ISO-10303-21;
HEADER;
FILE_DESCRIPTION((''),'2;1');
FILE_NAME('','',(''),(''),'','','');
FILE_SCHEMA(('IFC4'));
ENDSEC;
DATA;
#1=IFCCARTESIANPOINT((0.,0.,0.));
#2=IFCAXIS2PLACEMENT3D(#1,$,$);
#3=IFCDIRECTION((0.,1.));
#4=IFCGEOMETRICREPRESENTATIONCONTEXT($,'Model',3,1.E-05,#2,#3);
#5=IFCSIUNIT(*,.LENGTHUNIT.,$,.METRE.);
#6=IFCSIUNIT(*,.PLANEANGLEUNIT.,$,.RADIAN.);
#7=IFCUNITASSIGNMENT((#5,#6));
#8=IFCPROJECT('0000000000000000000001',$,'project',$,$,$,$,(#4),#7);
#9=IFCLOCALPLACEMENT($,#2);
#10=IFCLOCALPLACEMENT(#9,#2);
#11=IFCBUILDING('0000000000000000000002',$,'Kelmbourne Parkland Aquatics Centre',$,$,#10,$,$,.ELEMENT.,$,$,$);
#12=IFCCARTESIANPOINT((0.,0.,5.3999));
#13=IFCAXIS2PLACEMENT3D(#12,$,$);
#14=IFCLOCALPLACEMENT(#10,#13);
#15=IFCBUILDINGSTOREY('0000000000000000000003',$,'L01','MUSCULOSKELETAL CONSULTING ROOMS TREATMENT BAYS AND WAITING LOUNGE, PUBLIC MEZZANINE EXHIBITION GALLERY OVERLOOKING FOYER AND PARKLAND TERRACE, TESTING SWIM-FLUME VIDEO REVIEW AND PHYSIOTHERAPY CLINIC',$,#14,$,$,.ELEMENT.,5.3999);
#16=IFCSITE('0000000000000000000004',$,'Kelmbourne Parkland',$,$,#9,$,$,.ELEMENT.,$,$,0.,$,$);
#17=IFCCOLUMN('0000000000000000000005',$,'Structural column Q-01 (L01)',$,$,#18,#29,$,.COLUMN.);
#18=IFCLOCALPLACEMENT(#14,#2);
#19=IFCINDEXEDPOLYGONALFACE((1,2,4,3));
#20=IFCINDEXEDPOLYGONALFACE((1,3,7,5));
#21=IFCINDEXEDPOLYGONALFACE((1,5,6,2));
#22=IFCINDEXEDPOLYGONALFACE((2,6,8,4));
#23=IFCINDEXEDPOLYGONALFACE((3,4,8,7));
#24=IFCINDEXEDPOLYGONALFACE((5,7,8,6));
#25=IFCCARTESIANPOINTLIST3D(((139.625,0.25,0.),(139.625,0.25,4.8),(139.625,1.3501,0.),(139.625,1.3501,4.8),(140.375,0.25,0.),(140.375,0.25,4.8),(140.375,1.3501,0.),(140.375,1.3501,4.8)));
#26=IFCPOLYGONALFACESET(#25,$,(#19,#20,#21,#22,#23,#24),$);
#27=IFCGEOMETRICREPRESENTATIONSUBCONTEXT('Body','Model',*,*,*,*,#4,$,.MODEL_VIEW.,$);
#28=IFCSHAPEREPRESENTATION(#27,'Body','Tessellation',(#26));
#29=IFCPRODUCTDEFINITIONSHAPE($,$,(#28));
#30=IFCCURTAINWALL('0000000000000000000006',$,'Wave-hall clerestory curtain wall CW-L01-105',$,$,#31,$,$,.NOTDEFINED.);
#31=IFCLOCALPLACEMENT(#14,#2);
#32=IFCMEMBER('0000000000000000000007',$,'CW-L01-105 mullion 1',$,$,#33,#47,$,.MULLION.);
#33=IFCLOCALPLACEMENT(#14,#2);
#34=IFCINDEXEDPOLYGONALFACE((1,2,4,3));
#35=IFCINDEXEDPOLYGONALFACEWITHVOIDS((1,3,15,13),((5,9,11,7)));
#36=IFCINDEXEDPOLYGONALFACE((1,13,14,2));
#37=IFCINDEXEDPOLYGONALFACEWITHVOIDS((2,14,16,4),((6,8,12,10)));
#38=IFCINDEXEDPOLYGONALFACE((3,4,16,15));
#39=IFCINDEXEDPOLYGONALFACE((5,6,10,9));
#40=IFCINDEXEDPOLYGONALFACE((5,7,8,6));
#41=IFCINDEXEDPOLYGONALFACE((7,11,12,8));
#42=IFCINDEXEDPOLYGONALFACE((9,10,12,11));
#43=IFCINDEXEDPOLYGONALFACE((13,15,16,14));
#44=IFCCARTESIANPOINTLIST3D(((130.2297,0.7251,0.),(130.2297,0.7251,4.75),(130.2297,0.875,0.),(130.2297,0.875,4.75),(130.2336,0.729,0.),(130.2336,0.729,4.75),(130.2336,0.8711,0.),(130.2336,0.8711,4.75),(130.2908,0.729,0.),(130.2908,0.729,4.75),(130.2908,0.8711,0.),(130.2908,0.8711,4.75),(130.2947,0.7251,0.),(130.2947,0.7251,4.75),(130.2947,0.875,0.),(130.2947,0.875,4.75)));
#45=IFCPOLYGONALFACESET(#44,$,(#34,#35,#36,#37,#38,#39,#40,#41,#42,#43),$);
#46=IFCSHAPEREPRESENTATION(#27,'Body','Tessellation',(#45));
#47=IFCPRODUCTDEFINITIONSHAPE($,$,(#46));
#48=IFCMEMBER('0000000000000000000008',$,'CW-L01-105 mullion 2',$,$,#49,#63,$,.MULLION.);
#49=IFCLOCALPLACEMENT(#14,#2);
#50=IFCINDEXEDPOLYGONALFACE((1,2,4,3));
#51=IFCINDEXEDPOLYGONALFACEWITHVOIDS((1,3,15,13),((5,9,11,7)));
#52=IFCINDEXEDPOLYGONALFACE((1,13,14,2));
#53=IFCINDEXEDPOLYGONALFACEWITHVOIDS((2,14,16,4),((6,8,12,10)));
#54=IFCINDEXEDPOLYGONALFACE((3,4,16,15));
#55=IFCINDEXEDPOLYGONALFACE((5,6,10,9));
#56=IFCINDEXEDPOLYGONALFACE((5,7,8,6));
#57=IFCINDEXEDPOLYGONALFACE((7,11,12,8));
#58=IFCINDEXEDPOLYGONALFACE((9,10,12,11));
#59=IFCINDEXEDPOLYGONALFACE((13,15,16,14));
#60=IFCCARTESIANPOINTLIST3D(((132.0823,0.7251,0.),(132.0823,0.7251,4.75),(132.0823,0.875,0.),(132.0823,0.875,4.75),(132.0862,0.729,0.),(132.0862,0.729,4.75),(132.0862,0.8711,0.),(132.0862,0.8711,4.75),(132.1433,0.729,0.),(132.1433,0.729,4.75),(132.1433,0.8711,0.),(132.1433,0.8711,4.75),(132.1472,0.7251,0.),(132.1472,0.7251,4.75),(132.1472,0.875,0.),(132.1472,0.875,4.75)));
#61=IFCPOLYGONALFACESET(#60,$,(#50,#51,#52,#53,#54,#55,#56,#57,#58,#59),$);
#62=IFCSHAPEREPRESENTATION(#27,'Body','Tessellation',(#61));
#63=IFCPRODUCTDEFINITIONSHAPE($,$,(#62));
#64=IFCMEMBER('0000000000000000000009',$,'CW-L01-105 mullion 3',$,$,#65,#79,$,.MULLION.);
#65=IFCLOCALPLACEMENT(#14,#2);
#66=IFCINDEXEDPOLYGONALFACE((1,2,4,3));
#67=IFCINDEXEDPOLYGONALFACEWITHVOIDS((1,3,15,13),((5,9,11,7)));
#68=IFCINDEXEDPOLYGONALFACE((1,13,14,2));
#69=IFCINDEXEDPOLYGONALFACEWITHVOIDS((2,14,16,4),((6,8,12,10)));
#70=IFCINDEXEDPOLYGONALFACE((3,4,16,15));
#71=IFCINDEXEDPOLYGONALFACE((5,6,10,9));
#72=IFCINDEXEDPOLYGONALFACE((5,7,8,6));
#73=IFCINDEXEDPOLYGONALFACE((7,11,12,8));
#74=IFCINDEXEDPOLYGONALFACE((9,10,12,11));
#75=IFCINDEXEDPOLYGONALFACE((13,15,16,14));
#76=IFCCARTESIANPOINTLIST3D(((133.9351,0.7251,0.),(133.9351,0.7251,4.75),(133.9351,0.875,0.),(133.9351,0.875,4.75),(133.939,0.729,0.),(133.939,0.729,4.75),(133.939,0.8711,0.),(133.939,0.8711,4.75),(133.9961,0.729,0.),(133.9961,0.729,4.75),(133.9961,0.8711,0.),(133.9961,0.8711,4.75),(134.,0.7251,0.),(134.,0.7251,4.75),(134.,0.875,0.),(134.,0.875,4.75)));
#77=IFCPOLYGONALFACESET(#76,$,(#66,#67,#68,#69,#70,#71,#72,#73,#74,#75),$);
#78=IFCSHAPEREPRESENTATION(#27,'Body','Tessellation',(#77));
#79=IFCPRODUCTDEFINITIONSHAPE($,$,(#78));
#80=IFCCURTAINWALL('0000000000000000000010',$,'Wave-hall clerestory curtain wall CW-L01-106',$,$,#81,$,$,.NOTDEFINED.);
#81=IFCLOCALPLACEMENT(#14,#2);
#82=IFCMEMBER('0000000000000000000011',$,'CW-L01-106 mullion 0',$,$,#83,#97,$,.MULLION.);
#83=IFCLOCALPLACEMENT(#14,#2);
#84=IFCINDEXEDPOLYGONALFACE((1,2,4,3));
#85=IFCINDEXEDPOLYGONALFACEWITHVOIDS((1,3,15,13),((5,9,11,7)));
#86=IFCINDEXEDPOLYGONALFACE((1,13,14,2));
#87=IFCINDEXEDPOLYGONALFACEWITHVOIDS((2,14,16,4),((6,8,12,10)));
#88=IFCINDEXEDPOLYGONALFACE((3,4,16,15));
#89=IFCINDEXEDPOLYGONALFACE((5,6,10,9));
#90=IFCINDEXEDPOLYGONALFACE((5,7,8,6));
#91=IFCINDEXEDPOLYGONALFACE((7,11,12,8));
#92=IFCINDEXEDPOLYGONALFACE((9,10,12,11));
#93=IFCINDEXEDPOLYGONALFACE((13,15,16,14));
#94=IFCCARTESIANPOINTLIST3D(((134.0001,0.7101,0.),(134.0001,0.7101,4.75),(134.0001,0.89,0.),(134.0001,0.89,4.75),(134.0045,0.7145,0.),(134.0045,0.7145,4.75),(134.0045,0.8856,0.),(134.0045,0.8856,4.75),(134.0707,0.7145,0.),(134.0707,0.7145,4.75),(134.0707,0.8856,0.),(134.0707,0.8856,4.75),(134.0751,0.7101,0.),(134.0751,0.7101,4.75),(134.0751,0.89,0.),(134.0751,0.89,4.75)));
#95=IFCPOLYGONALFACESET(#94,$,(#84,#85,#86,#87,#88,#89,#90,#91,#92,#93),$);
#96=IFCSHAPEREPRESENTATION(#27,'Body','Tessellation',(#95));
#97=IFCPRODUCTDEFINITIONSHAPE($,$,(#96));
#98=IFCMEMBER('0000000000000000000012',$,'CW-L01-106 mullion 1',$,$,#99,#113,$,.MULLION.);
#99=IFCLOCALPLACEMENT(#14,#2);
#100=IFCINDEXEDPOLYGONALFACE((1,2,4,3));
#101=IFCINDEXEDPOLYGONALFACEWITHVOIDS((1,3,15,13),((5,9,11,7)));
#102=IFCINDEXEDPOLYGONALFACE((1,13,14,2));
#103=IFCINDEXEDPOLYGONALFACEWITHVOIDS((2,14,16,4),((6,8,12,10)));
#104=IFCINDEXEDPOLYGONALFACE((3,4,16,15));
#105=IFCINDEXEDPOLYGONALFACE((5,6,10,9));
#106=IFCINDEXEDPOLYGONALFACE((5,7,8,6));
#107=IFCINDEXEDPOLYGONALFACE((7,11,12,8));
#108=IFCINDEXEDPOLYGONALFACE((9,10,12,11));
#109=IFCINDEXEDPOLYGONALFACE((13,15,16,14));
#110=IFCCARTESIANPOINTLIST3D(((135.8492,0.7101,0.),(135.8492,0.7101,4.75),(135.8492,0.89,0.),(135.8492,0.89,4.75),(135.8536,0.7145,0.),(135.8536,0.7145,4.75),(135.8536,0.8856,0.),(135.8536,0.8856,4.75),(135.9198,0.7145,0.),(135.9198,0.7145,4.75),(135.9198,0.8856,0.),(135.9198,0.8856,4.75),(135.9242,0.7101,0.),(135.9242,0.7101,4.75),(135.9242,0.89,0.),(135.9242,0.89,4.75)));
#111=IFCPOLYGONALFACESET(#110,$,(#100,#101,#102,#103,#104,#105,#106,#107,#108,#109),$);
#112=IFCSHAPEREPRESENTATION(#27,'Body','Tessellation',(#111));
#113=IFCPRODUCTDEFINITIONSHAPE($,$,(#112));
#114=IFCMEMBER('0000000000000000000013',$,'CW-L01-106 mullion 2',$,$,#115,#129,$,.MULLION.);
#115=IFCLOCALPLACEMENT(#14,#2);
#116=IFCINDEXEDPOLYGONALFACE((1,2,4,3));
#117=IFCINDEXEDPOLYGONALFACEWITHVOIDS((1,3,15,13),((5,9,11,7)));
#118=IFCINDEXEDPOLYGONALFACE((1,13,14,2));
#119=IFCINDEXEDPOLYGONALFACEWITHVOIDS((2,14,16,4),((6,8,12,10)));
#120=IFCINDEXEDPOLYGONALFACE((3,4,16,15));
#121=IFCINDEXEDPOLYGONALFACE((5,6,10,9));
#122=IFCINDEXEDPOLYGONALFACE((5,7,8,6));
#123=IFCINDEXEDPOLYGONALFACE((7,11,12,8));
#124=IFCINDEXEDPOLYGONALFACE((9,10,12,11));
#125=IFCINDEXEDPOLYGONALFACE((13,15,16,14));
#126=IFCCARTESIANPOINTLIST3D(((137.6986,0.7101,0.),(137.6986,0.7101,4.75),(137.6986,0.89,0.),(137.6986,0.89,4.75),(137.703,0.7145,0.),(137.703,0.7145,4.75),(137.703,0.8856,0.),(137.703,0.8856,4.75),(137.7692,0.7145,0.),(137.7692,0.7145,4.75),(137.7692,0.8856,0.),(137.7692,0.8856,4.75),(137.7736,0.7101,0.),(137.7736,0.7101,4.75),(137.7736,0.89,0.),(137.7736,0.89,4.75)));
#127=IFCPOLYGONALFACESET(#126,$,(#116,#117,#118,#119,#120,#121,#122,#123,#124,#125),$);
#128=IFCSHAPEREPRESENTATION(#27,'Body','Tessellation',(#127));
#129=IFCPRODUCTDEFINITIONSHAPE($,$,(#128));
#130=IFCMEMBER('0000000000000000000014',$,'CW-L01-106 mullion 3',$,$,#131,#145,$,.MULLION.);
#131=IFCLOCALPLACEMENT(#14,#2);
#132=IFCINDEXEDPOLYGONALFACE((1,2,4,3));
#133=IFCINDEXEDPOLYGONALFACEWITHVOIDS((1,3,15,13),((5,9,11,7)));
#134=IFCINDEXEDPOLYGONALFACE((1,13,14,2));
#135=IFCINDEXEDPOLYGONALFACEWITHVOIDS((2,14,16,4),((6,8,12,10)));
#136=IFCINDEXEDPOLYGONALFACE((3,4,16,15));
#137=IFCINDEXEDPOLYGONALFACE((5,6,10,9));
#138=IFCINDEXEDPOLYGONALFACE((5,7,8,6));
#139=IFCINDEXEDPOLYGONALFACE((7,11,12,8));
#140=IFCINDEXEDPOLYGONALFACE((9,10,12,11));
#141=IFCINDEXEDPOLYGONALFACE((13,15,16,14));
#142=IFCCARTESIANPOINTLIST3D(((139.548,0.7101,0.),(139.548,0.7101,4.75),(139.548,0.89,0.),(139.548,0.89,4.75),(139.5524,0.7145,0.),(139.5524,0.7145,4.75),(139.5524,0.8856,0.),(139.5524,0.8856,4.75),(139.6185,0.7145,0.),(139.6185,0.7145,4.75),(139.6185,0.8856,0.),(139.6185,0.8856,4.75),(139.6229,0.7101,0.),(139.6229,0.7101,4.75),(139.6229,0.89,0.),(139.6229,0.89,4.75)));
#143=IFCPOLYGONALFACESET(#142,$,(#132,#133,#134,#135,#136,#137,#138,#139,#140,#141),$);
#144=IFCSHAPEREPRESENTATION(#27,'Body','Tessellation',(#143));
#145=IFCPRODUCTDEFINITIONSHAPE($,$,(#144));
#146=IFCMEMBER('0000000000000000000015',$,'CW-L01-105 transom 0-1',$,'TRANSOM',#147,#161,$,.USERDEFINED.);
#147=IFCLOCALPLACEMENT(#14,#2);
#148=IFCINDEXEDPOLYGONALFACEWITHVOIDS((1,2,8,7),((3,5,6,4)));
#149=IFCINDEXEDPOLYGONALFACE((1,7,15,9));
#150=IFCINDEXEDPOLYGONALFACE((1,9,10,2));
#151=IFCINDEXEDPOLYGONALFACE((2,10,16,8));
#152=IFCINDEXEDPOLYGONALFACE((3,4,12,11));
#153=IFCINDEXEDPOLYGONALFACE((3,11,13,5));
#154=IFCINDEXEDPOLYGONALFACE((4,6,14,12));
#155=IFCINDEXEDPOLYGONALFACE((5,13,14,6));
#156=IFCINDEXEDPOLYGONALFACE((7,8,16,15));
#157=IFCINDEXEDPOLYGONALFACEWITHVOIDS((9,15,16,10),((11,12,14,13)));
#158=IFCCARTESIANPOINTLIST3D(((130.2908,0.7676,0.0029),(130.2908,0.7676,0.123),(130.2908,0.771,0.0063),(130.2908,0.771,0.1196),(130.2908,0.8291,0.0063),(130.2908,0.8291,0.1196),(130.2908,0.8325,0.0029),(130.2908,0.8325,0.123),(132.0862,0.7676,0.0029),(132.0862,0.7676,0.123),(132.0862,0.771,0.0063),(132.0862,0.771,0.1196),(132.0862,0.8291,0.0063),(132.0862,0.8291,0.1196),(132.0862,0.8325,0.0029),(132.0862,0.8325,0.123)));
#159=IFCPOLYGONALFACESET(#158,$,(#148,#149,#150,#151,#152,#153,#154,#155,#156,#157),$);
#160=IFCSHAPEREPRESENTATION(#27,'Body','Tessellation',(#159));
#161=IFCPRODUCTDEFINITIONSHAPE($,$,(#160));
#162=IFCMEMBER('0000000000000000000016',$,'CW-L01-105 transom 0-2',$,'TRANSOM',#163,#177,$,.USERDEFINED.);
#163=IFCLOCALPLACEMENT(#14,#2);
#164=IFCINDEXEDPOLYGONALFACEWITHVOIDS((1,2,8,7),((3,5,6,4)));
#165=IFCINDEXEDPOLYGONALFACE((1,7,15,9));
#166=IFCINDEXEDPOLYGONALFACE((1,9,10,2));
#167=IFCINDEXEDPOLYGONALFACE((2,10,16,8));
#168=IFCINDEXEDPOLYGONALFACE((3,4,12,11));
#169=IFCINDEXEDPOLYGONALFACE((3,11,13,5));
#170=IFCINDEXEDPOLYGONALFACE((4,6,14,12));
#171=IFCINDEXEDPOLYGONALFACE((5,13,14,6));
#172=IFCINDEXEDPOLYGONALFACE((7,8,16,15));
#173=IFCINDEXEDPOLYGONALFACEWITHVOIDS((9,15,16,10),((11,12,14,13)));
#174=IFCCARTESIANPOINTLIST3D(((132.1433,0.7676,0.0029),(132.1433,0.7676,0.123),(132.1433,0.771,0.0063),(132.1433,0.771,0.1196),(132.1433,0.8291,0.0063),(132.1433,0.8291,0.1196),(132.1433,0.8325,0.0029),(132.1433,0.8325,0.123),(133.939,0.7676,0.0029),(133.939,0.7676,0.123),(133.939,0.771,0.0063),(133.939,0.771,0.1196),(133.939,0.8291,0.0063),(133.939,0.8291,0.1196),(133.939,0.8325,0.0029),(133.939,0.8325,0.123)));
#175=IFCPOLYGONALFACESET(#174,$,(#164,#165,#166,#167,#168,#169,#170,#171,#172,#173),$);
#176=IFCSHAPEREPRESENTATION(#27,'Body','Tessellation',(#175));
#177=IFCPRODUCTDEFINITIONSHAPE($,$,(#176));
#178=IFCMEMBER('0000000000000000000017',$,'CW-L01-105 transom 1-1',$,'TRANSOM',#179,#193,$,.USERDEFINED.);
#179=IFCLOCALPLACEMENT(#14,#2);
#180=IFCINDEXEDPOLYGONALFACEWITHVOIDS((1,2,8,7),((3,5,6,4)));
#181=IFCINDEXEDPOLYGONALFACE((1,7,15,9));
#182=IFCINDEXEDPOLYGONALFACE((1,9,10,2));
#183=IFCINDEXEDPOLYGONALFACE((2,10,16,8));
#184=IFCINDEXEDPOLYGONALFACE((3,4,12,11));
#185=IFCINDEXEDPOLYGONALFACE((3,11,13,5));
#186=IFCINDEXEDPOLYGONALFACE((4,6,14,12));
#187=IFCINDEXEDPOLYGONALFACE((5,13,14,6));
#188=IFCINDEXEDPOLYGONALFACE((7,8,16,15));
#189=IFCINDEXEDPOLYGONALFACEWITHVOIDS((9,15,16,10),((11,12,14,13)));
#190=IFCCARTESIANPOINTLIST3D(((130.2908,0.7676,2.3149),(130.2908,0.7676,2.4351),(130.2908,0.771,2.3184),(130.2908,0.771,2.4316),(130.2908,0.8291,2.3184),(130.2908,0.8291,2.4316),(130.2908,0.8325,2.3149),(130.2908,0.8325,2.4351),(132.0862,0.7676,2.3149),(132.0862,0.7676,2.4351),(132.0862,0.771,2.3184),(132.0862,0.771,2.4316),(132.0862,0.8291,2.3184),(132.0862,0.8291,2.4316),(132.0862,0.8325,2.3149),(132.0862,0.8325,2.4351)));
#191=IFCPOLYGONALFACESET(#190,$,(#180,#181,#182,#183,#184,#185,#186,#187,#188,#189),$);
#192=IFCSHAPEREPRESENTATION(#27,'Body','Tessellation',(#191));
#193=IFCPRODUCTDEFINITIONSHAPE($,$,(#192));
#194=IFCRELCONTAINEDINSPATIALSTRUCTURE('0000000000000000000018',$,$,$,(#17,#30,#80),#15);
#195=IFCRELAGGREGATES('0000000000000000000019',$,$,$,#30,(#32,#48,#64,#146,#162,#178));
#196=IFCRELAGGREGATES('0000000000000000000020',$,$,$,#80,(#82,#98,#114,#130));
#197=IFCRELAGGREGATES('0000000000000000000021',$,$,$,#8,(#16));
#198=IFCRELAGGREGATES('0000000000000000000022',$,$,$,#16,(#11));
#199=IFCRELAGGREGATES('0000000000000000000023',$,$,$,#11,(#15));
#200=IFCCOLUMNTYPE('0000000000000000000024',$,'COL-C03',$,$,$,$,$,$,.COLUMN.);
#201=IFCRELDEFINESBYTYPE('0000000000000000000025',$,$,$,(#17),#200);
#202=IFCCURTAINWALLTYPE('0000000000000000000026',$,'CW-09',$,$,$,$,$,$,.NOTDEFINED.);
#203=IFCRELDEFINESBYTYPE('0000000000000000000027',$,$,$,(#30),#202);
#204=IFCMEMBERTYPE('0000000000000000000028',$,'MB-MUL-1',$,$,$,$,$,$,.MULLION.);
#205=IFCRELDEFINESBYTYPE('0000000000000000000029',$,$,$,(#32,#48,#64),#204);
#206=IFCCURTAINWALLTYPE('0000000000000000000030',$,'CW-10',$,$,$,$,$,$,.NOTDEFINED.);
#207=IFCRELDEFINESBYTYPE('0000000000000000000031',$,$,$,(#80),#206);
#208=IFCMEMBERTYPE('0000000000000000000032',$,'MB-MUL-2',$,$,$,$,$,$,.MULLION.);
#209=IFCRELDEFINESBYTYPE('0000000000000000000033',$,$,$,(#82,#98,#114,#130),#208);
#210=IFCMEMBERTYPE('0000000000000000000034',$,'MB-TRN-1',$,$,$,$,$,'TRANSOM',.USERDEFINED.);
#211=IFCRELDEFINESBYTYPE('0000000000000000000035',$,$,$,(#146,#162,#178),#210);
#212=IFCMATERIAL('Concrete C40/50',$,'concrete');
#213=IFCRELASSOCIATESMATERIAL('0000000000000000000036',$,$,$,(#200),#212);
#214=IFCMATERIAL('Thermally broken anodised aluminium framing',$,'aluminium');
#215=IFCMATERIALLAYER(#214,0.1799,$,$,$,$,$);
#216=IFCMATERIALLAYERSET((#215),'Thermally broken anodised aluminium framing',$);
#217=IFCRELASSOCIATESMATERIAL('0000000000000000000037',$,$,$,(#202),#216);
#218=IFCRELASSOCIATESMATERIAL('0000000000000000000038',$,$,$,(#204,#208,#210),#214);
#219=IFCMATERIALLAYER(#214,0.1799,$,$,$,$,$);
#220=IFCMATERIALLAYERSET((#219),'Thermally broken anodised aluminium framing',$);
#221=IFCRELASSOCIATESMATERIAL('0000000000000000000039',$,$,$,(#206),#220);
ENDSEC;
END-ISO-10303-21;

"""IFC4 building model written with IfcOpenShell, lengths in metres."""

from ifc_helpers import new_model, si_unit, direction, frame, origin, origin_2d, place, context, subcontext, project, spatial, rectangle, hollow_rectangle, extrude, material, layer, layer_set, material_profile, profile_set, type_object, element, aggregate, save


model = new_model("IFC4")

# Units and contexts
model_context = context("Model", 3, precision=1e-05, world=origin(), true_north=direction((0.0, 1.0)))
body_context = subcontext(model_context, "Body", "Model", "MODEL_VIEW")
ifc_project = project(units=[si_unit("LENGTHUNIT", "METRE"), si_unit("PLANEANGLEUNIT", "RADIAN")], contexts=[model_context])

# Site, building, storey
site_placement = place(None, origin())
site = spatial("IfcSite", under=ifc_project, at=site_placement, Name="Kelmbourne Parkland", CompositionType="ELEMENT", RefElevation=0.0)
building_placement = place(site_placement, origin())
building = spatial("IfcBuilding", under=site, at=building_placement, Name="Kelmbourne Parkland Aquatics Centre", CompositionType="ELEMENT")
storey_placement = place(building_placement, frame((0.0, 0.0, 5.3999)))
storey = spatial("IfcBuildingStorey", under=building, at=storey_placement, Name="L01", Description="MUSCULOSKELETAL CONSULTING ROOMS TREATMENT BAYS AND WAITING LOUNGE, PUBLIC MEZZANINE EXHIBITION GALLERY OVERLOOKING FOYER AND PARKLAND TERRACE, TESTING SWIM-FLUME VIDEO REVIEW AND PHYSIOTHERAPY CLINIC", CompositionType="ELEMENT", Elevation=5.3999)

# Column
ifc_material_1 = material(Name="Concrete C40/50", Category="concrete")
ifc_material_profile_1 = material_profile(ifc_material_1, rectangle(XDim=0.75, YDim=1.1001, at=origin_2d()), Name="RC 750x1100")
ifc_profile_set_1 = profile_set([ifc_material_profile_1], Name="Concrete C40/50")
column_type = type_object("IfcColumnType", Name="COL-C03", PredefinedType="COLUMN", material=ifc_profile_set_1)
column_placement = place(storey_placement, frame((140.0, 0.8, 0.0), z_axis=(0.0, 0.0, 1.0), x_axis=(1.0, 0.0, 0.0)))
element("IfcColumn", 1, at=column_placement, inside=storey, type_object=column_type, Name="Structural column Q-01 (L01)", PredefinedType="COLUMN", context=body_context, shape_type="SweptSolid", body=[
    extrude(rectangle(XDim=0.75, YDim=1.1001, at=origin_2d()), origin(), (0.0, 0.0, 1.0), 4.8),
])

# Curtain walls, members
ifc_material_2 = material(Name="Thermally broken anodised aluminium framing", Category="aluminium")
ifc_layer_1 = layer(ifc_material_2, 0.1799)
ifc_layer_set_1 = layer_set([ifc_layer_1], Name="Thermally broken anodised aluminium framing")
curtain_wall_type_1 = type_object("IfcCurtainWallType", Name="CW-09", PredefinedType="NOTDEFINED", material=ifc_layer_set_1)
curtain_wall_1_placement = place(storey_placement, origin())
curtain_wall_1 = element("IfcCurtainWall", 2, at=curtain_wall_1_placement, inside=storey, type_object=curtain_wall_type_1, Name="Wave-hall clerestory curtain wall CW-L01-105", PredefinedType="NOTDEFINED")
ifc_material_profile_2 = material_profile(ifc_material_2, hollow_rectangle(XDim=0.0649, YDim=0.1499, WallThickness=0.0039, at=origin_2d()), Name="CW-M 65x150")
ifc_profile_set_2 = profile_set([ifc_material_profile_2], Name="Thermally broken anodised aluminium framing")
member_type_1 = type_object("IfcMemberType", Name="MB-MUL-1", PredefinedType="MULLION", material=ifc_profile_set_2)
member_1_placement = place(storey_placement, frame((130.2622, 0.8, 0.0), z_axis=(0.0, 0.0, 1.0), x_axis=(1.0, 0.0, 0.0)))
member_1 = element("IfcMember", 3, at=member_1_placement, type_object=member_type_1, Name="CW-L01-105 mullion 1", PredefinedType="MULLION", context=body_context, shape_type="SweptSolid", body=[
    extrude(hollow_rectangle(XDim=0.0649, YDim=0.1499, WallThickness=0.0039, at=origin_2d()), origin(), (0.0, 0.0, 1.0), 4.75),
])
member_2_placement = place(storey_placement, frame((132.1147, 0.8, 0.0), z_axis=(0.0, 0.0, 1.0), x_axis=(1.0, 0.0, 0.0)))
member_2 = element("IfcMember", 4, at=member_2_placement, type_object=member_type_1, Name="CW-L01-105 mullion 2", PredefinedType="MULLION", context=body_context, shape_type="SweptSolid", body=[
    extrude(hollow_rectangle(XDim=0.0649, YDim=0.1499, WallThickness=0.0039, at=origin_2d()), origin(), (0.0, 0.0, 1.0), 4.75),
])
member_3_placement = place(storey_placement, frame((133.9675, 0.8, 0.0), z_axis=(0.0, 0.0, 1.0), x_axis=(1.0, 0.0, 0.0)))
member_3 = element("IfcMember", 5, at=member_3_placement, type_object=member_type_1, Name="CW-L01-105 mullion 3", PredefinedType="MULLION", context=body_context, shape_type="SweptSolid", body=[
    extrude(hollow_rectangle(XDim=0.0649, YDim=0.1499, WallThickness=0.0039, at=origin_2d()), origin(), (0.0, 0.0, 1.0), 4.75),
])
ifc_layer_2 = layer(ifc_material_2, 0.1799)
ifc_layer_set_2 = layer_set([ifc_layer_2], Name="Thermally broken anodised aluminium framing")
curtain_wall_type_2 = type_object("IfcCurtainWallType", Name="CW-10", PredefinedType="NOTDEFINED", material=ifc_layer_set_2)
curtain_wall_2_placement = place(storey_placement, origin())
curtain_wall_2 = element("IfcCurtainWall", 6, at=curtain_wall_2_placement, inside=storey, type_object=curtain_wall_type_2, Name="Wave-hall clerestory curtain wall CW-L01-106", PredefinedType="NOTDEFINED")
ifc_material_profile_3 = material_profile(ifc_material_2, hollow_rectangle(XDim=0.075, YDim=0.1799, WallThickness=0.0044, at=origin_2d()), Name="CW-M 75x180")
ifc_profile_set_3 = profile_set([ifc_material_profile_3], Name="Thermally broken anodised aluminium framing")
member_type_2 = type_object("IfcMemberType", Name="MB-MUL-2", PredefinedType="MULLION", material=ifc_profile_set_3)
member_4_placement = place(storey_placement, frame((134.0376, 0.8, 0.0), z_axis=(0.0, 0.0, 1.0), x_axis=(1.0, 0.0, 0.0)))
member_4 = element("IfcMember", 7, at=member_4_placement, type_object=member_type_2, Name="CW-L01-106 mullion 0", PredefinedType="MULLION", context=body_context, shape_type="SweptSolid", body=[
    extrude(hollow_rectangle(XDim=0.075, YDim=0.1799, WallThickness=0.0044, at=origin_2d()), origin(), (0.0, 0.0, 1.0), 4.75),
])
member_5_placement = place(storey_placement, frame((135.8867, 0.8, 0.0), z_axis=(0.0, 0.0, 1.0), x_axis=(1.0, 0.0, 0.0)))
member_5 = element("IfcMember", 8, at=member_5_placement, type_object=member_type_2, Name="CW-L01-106 mullion 1", PredefinedType="MULLION", context=body_context, shape_type="SweptSolid", body=[
    extrude(hollow_rectangle(XDim=0.075, YDim=0.1799, WallThickness=0.0044, at=origin_2d()), origin(), (0.0, 0.0, 1.0), 4.75),
])
member_6_placement = place(storey_placement, frame((137.7361, 0.8, 0.0), z_axis=(0.0, 0.0, 1.0), x_axis=(1.0, 0.0, 0.0)))
member_6 = element("IfcMember", 9, at=member_6_placement, type_object=member_type_2, Name="CW-L01-106 mullion 2", PredefinedType="MULLION", context=body_context, shape_type="SweptSolid", body=[
    extrude(hollow_rectangle(XDim=0.075, YDim=0.1799, WallThickness=0.0044, at=origin_2d()), origin(), (0.0, 0.0, 1.0), 4.75),
])
member_7_placement = place(storey_placement, frame((139.5854, 0.8, 0.0), z_axis=(0.0, 0.0, 1.0), x_axis=(1.0, 0.0, 0.0)))
member_7 = element("IfcMember", 10, at=member_7_placement, type_object=member_type_2, Name="CW-L01-106 mullion 3", PredefinedType="MULLION", context=body_context, shape_type="SweptSolid", body=[
    extrude(hollow_rectangle(XDim=0.075, YDim=0.1799, WallThickness=0.0044, at=origin_2d()), origin(), (0.0, 0.0, 1.0), 4.75),
])

# Members
ifc_material_profile_4 = material_profile(ifc_material_2, hollow_rectangle(XDim=0.0649, YDim=0.1201, WallThickness=0.0034, at=origin_2d()), Name="CW-T 65x120")
ifc_profile_set_4 = profile_set([ifc_material_profile_4], Name="Thermally broken anodised aluminium framing")
member_type_3 = type_object("IfcMemberType", Name="MB-TRN-1", ElementType="TRANSOM", PredefinedType="USERDEFINED", material=ifc_profile_set_4)
member_8_placement = place(storey_placement, frame((130.2908, 0.8, 0.063), z_axis=(1.0, 0.0, 0.0), x_axis=(0.0, 1.0, 0.0)))
member_8 = element("IfcMember", 11, at=member_8_placement, type_object=member_type_3, Name="CW-L01-105 transom 0-1", ObjectType="TRANSOM", PredefinedType="USERDEFINED", context=body_context, shape_type="SweptSolid", body=[
    extrude(hollow_rectangle(XDim=0.0649, YDim=0.1201, WallThickness=0.0034, at=origin_2d()), origin(), (0.0, 0.0, 1.0), 1.7954),
])
member_9_placement = place(storey_placement, frame((132.1433, 0.8, 0.063), z_axis=(1.0, 0.0, 0.0), x_axis=(0.0, 1.0, 0.0)))
member_9 = element("IfcMember", 12, at=member_9_placement, type_object=member_type_3, Name="CW-L01-105 transom 0-2", ObjectType="TRANSOM", PredefinedType="USERDEFINED", context=body_context, shape_type="SweptSolid", body=[
    extrude(hollow_rectangle(XDim=0.0649, YDim=0.1201, WallThickness=0.0034, at=origin_2d()), origin(), (0.0, 0.0, 1.0), 1.7957),
])
member_10_placement = place(storey_placement, frame((130.2908, 0.8, 2.375), z_axis=(1.0, 0.0, 0.0), x_axis=(0.0, 1.0, 0.0)))
member_10 = element("IfcMember", 13, at=member_10_placement, type_object=member_type_3, Name="CW-L01-105 transom 1-1", ObjectType="TRANSOM", PredefinedType="USERDEFINED", context=body_context, shape_type="SweptSolid", body=[
    extrude(hollow_rectangle(XDim=0.0649, YDim=0.1201, WallThickness=0.0034, at=origin_2d()), origin(), (0.0, 0.0, 1.0), 1.7954),
])

aggregate(curtain_wall_1, [member_1, member_2, member_3, member_8, member_9, member_10])
aggregate(curtain_wall_2, [member_4, member_5, member_6, member_7])

save(model, "model.ifc")
